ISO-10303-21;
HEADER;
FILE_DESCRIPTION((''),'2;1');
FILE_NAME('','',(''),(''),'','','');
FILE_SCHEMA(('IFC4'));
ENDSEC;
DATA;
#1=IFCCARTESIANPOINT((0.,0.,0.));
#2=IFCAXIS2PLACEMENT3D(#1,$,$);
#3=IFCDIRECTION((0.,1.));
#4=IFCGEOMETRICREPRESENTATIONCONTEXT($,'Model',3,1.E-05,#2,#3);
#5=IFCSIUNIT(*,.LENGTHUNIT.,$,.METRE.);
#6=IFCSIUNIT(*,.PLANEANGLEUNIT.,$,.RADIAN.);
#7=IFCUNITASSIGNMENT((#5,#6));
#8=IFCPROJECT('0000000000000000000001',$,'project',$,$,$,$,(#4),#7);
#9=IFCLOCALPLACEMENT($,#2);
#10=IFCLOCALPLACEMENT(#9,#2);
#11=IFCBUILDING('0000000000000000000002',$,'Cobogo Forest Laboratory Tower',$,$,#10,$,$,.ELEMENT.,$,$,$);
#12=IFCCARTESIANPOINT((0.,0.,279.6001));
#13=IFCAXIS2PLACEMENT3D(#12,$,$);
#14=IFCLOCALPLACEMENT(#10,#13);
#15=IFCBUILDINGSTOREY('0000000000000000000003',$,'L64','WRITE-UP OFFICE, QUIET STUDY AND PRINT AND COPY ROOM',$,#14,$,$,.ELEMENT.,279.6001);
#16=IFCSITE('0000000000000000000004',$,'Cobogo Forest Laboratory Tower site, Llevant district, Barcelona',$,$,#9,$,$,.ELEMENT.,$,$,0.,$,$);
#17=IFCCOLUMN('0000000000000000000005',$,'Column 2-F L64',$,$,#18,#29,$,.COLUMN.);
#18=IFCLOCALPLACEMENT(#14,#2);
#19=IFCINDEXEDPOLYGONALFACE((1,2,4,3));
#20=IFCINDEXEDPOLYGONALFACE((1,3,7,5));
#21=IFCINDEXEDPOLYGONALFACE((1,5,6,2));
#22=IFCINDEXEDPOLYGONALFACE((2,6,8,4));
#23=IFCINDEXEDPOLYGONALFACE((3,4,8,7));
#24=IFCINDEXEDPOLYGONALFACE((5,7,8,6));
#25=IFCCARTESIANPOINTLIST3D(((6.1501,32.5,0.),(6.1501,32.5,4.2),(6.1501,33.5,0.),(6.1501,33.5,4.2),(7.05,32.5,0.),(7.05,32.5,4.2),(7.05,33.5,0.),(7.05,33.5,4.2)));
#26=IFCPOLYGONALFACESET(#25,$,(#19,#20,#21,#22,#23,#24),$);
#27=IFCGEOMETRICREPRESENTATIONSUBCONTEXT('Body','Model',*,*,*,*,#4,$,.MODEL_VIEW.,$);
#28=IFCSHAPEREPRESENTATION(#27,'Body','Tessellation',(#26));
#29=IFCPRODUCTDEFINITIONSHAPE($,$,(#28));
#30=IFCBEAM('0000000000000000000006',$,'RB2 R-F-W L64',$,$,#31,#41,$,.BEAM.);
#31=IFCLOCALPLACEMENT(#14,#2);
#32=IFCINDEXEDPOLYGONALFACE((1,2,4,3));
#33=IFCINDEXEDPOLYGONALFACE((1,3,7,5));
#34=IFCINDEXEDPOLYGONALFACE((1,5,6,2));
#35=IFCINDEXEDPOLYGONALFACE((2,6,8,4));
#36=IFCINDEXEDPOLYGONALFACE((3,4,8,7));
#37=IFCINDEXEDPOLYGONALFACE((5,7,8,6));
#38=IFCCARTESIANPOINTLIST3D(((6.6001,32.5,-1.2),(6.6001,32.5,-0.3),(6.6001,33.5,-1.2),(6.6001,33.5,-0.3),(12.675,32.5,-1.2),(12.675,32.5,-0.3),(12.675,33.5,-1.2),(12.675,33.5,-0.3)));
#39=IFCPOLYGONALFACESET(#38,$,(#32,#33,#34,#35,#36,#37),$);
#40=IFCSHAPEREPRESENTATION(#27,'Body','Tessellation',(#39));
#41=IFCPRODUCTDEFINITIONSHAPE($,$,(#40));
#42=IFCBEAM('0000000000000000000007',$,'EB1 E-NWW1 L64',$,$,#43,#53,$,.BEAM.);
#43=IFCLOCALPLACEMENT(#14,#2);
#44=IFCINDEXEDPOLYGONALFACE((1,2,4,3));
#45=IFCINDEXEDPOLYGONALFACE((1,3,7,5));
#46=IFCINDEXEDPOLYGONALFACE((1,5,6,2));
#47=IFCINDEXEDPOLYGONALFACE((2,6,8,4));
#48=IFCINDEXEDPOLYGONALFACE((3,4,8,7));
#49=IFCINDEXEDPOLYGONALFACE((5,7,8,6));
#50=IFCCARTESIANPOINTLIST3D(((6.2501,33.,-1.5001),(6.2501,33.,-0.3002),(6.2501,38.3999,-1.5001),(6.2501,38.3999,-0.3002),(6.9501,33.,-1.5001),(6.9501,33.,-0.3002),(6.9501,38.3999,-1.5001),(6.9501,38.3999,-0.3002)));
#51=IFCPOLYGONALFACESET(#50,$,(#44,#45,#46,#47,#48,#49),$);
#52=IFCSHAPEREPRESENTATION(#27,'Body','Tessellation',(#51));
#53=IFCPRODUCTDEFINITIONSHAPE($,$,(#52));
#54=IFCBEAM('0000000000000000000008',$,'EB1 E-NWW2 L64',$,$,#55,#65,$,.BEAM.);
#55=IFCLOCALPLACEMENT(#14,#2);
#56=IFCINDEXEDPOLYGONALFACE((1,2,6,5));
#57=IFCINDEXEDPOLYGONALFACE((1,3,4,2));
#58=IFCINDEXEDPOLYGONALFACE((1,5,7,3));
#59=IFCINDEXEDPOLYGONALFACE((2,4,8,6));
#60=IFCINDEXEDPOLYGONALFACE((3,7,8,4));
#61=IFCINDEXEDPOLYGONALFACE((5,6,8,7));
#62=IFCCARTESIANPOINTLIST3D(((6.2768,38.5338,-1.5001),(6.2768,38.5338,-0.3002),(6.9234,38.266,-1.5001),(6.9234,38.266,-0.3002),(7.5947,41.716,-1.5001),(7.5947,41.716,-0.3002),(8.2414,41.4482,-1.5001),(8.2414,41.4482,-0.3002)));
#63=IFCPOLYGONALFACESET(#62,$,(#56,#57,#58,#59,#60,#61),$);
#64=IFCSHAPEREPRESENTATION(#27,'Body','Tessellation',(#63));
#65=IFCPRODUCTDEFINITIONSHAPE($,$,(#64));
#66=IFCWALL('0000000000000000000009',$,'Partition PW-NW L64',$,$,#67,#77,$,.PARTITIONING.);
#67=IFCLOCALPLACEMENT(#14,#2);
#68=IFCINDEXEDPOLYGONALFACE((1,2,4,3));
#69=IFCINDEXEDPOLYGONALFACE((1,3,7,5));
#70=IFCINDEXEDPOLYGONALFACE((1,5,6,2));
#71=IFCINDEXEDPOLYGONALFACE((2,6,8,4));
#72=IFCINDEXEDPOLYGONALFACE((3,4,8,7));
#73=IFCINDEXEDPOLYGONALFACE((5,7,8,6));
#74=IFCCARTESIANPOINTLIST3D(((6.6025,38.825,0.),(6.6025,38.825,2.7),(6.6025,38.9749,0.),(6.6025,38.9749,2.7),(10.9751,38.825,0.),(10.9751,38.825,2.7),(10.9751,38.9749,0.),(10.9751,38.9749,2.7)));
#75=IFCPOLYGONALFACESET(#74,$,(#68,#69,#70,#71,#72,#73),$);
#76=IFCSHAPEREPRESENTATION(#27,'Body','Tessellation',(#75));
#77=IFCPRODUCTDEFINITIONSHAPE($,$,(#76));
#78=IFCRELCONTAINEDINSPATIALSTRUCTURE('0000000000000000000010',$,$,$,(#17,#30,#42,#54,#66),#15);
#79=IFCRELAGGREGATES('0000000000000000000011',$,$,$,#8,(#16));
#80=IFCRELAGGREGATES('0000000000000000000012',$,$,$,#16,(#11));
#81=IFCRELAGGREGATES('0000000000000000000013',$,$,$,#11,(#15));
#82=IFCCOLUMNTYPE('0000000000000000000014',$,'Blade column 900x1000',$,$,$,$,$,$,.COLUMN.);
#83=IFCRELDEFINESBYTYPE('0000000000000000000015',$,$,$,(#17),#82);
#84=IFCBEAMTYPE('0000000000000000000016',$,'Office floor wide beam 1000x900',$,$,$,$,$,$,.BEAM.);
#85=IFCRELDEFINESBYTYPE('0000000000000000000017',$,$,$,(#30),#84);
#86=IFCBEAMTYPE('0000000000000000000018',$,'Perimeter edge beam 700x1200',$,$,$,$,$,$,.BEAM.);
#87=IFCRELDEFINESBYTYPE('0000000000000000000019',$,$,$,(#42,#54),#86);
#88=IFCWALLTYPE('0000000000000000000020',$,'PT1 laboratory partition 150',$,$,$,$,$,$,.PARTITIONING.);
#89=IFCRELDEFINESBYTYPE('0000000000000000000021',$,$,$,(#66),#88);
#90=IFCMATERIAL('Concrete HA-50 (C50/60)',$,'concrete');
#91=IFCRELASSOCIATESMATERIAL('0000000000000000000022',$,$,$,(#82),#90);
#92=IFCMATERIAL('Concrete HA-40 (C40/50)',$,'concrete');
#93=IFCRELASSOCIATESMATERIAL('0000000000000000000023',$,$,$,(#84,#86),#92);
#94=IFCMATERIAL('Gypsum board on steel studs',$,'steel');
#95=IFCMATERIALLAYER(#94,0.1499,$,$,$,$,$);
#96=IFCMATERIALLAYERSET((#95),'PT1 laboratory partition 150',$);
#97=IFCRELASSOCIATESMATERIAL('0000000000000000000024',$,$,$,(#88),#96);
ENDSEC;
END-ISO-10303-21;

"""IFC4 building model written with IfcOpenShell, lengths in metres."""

from ifc_helpers import new_model, si_unit, direction, frame, frame_2d, origin, origin_2d, place, context, subcontext, project, spatial, rectangle, extrude, material, layer, layer_set, material_profile, profile_set, type_object, element, save


model = new_model("IFC4")

# Units and contexts
model_context = context("Model", 3, precision=1e-05, world=origin(), true_north=direction((0.0, 1.0)))
body_context = subcontext(model_context, "Body", "Model", "MODEL_VIEW")
ifc_project = project(units=[si_unit("LENGTHUNIT", "METRE"), si_unit("PLANEANGLEUNIT", "RADIAN")], contexts=[model_context])

# Site, building, storey
site_placement = place(None, origin())
site = spatial("IfcSite", under=ifc_project, at=site_placement, Name="Cobogo Forest Laboratory Tower site, Llevant district, Barcelona", CompositionType="ELEMENT", RefElevation=0.0)
building_placement = place(site_placement, origin())
building = spatial("IfcBuilding", under=site, at=building_placement, Name="Cobogo Forest Laboratory Tower", CompositionType="ELEMENT")
storey_placement = place(building_placement, frame((0.0, 0.0, 279.6001)))
storey = spatial("IfcBuildingStorey", under=building, at=storey_placement, Name="L64", Description="WRITE-UP OFFICE, QUIET STUDY AND PRINT AND COPY ROOM", CompositionType="ELEMENT", Elevation=279.6001)

# Column
ifc_material_1 = material(Name="Concrete HA-50 (C50/60)", Category="concrete")
ifc_material_profile_1 = material_profile(ifc_material_1, rectangle(XDim=1.0, YDim=0.8999, at=origin_2d()), Name="RC 900x1000")
ifc_profile_set_1 = profile_set([ifc_material_profile_1], Name="Concrete HA-50 (C50/60)")
column_type = type_object("IfcColumnType", Name="Blade column 900x1000", PredefinedType="COLUMN", material=ifc_profile_set_1)
column_placement = place(storey_placement, frame((6.6001, 33.0, 0.0), z_axis=(0.0, 0.0, 1.0), x_axis=(0.0, 1.0, 0.0)))
element("IfcColumn", 1, at=column_placement, inside=storey, type_object=column_type, Name="Column 2-F L64", PredefinedType="COLUMN", context=body_context, shape_type="SweptSolid", body=[
    extrude(rectangle(XDim=1.0, YDim=0.8999, at=origin_2d()), origin(), (0.0, 0.0, 1.0), 4.2),
])

# Beams
ifc_material_2 = material(Name="Concrete HA-40 (C40/50)", Category="concrete")
ifc_material_profile_2 = material_profile(ifc_material_2, rectangle(XDim=1.0, YDim=0.8999, at=origin_2d()), Name="RC 1000x900")
ifc_profile_set_2 = profile_set([ifc_material_profile_2], Name="Concrete HA-40 (C40/50)")
beam_type_1 = type_object("IfcBeamType", Name="Office floor wide beam 1000x900", PredefinedType="BEAM", material=ifc_profile_set_2)
beam_1_placement = place(storey_placement, frame((12.675, 33.0, -0.75), z_axis=(-1.0, 0.0, 0.0), x_axis=(0.0, -1.0, 0.0)))
element("IfcBeam", 2, at=beam_1_placement, inside=storey, type_object=beam_type_1, Name="RB2 R-F-W L64", PredefinedType="BEAM", context=body_context, shape_type="SweptSolid", body=[
    extrude(rectangle(XDim=1.0, YDim=0.8999, at=origin_2d()), origin(), (0.0, 0.0, 1.0), 6.075),
])
ifc_material_profile_3 = material_profile(ifc_material_2, rectangle(XDim=0.7, YDim=1.2, at=origin_2d()), Name="RC 700x1200")
ifc_profile_set_3 = profile_set([ifc_material_profile_3], Name="Concrete HA-40 (C40/50)")
beam_type_2 = type_object("IfcBeamType", Name="Perimeter edge beam 700x1200", PredefinedType="BEAM", material=ifc_profile_set_3)
beam_2_placement = place(storey_placement, frame((6.6001, 33.0, -0.9001), z_axis=(0.0, 1.0, 0.0), x_axis=(-1.0, 0.0, 0.0)))
element("IfcBeam", 3, at=beam_2_placement, inside=storey, type_object=beam_type_2, Name="EB1 E-NWW1 L64", PredefinedType="BEAM", context=body_context, shape_type="SweptSolid", body=[
    extrude(rectangle(XDim=0.7, YDim=1.2, at=origin_2d()), origin(), (0.0, 0.0, 1.0), 5.3999),
])
beam_3_placement = place(storey_placement, frame((6.6001, 38.3999, -0.9001), z_axis=(0.382631, 0.923901, 0.0), x_axis=(-0.923901, 0.382631, 0.0)))
element("IfcBeam", 4, at=beam_3_placement, inside=storey, type_object=beam_type_2, Name="EB1 E-NWW2 L64", PredefinedType="BEAM", context=body_context, shape_type="SweptSolid", body=[
    extrude(rectangle(XDim=0.7, YDim=1.2, at=origin_2d()), origin(), (0.0, 0.0, 1.0), 3.4443),
])

# Wall
ifc_material_3 = material(Name="Gypsum board on steel studs", Category="steel")
ifc_layer_1 = layer(ifc_material_3, 0.1499)
ifc_layer_set_1 = layer_set([ifc_layer_1], Name="PT1 laboratory partition 150")
wall_type_1 = type_object("IfcWallType", Name="PT1 laboratory partition 150", PredefinedType="PARTITIONING", material=ifc_layer_set_1)
wall_1_placement = place(storey_placement, frame((6.6025, 38.8999, 0.0), z_axis=(0.0, 0.0, 1.0), x_axis=(1.0, 0.0, 0.0)))
element("IfcWall", 5, at=wall_1_placement, inside=storey, type_object=wall_type_1, Name="Partition PW-NW L64", PredefinedType="PARTITIONING", context=body_context, shape_type="SweptSolid", body=[
    extrude(rectangle(XDim=4.3726, YDim=0.1499, at=frame_2d((2.1863, 0.0))), origin(), (0.0, 0.0, 1.0), 2.7),
])

save(model, "model.ifc")
